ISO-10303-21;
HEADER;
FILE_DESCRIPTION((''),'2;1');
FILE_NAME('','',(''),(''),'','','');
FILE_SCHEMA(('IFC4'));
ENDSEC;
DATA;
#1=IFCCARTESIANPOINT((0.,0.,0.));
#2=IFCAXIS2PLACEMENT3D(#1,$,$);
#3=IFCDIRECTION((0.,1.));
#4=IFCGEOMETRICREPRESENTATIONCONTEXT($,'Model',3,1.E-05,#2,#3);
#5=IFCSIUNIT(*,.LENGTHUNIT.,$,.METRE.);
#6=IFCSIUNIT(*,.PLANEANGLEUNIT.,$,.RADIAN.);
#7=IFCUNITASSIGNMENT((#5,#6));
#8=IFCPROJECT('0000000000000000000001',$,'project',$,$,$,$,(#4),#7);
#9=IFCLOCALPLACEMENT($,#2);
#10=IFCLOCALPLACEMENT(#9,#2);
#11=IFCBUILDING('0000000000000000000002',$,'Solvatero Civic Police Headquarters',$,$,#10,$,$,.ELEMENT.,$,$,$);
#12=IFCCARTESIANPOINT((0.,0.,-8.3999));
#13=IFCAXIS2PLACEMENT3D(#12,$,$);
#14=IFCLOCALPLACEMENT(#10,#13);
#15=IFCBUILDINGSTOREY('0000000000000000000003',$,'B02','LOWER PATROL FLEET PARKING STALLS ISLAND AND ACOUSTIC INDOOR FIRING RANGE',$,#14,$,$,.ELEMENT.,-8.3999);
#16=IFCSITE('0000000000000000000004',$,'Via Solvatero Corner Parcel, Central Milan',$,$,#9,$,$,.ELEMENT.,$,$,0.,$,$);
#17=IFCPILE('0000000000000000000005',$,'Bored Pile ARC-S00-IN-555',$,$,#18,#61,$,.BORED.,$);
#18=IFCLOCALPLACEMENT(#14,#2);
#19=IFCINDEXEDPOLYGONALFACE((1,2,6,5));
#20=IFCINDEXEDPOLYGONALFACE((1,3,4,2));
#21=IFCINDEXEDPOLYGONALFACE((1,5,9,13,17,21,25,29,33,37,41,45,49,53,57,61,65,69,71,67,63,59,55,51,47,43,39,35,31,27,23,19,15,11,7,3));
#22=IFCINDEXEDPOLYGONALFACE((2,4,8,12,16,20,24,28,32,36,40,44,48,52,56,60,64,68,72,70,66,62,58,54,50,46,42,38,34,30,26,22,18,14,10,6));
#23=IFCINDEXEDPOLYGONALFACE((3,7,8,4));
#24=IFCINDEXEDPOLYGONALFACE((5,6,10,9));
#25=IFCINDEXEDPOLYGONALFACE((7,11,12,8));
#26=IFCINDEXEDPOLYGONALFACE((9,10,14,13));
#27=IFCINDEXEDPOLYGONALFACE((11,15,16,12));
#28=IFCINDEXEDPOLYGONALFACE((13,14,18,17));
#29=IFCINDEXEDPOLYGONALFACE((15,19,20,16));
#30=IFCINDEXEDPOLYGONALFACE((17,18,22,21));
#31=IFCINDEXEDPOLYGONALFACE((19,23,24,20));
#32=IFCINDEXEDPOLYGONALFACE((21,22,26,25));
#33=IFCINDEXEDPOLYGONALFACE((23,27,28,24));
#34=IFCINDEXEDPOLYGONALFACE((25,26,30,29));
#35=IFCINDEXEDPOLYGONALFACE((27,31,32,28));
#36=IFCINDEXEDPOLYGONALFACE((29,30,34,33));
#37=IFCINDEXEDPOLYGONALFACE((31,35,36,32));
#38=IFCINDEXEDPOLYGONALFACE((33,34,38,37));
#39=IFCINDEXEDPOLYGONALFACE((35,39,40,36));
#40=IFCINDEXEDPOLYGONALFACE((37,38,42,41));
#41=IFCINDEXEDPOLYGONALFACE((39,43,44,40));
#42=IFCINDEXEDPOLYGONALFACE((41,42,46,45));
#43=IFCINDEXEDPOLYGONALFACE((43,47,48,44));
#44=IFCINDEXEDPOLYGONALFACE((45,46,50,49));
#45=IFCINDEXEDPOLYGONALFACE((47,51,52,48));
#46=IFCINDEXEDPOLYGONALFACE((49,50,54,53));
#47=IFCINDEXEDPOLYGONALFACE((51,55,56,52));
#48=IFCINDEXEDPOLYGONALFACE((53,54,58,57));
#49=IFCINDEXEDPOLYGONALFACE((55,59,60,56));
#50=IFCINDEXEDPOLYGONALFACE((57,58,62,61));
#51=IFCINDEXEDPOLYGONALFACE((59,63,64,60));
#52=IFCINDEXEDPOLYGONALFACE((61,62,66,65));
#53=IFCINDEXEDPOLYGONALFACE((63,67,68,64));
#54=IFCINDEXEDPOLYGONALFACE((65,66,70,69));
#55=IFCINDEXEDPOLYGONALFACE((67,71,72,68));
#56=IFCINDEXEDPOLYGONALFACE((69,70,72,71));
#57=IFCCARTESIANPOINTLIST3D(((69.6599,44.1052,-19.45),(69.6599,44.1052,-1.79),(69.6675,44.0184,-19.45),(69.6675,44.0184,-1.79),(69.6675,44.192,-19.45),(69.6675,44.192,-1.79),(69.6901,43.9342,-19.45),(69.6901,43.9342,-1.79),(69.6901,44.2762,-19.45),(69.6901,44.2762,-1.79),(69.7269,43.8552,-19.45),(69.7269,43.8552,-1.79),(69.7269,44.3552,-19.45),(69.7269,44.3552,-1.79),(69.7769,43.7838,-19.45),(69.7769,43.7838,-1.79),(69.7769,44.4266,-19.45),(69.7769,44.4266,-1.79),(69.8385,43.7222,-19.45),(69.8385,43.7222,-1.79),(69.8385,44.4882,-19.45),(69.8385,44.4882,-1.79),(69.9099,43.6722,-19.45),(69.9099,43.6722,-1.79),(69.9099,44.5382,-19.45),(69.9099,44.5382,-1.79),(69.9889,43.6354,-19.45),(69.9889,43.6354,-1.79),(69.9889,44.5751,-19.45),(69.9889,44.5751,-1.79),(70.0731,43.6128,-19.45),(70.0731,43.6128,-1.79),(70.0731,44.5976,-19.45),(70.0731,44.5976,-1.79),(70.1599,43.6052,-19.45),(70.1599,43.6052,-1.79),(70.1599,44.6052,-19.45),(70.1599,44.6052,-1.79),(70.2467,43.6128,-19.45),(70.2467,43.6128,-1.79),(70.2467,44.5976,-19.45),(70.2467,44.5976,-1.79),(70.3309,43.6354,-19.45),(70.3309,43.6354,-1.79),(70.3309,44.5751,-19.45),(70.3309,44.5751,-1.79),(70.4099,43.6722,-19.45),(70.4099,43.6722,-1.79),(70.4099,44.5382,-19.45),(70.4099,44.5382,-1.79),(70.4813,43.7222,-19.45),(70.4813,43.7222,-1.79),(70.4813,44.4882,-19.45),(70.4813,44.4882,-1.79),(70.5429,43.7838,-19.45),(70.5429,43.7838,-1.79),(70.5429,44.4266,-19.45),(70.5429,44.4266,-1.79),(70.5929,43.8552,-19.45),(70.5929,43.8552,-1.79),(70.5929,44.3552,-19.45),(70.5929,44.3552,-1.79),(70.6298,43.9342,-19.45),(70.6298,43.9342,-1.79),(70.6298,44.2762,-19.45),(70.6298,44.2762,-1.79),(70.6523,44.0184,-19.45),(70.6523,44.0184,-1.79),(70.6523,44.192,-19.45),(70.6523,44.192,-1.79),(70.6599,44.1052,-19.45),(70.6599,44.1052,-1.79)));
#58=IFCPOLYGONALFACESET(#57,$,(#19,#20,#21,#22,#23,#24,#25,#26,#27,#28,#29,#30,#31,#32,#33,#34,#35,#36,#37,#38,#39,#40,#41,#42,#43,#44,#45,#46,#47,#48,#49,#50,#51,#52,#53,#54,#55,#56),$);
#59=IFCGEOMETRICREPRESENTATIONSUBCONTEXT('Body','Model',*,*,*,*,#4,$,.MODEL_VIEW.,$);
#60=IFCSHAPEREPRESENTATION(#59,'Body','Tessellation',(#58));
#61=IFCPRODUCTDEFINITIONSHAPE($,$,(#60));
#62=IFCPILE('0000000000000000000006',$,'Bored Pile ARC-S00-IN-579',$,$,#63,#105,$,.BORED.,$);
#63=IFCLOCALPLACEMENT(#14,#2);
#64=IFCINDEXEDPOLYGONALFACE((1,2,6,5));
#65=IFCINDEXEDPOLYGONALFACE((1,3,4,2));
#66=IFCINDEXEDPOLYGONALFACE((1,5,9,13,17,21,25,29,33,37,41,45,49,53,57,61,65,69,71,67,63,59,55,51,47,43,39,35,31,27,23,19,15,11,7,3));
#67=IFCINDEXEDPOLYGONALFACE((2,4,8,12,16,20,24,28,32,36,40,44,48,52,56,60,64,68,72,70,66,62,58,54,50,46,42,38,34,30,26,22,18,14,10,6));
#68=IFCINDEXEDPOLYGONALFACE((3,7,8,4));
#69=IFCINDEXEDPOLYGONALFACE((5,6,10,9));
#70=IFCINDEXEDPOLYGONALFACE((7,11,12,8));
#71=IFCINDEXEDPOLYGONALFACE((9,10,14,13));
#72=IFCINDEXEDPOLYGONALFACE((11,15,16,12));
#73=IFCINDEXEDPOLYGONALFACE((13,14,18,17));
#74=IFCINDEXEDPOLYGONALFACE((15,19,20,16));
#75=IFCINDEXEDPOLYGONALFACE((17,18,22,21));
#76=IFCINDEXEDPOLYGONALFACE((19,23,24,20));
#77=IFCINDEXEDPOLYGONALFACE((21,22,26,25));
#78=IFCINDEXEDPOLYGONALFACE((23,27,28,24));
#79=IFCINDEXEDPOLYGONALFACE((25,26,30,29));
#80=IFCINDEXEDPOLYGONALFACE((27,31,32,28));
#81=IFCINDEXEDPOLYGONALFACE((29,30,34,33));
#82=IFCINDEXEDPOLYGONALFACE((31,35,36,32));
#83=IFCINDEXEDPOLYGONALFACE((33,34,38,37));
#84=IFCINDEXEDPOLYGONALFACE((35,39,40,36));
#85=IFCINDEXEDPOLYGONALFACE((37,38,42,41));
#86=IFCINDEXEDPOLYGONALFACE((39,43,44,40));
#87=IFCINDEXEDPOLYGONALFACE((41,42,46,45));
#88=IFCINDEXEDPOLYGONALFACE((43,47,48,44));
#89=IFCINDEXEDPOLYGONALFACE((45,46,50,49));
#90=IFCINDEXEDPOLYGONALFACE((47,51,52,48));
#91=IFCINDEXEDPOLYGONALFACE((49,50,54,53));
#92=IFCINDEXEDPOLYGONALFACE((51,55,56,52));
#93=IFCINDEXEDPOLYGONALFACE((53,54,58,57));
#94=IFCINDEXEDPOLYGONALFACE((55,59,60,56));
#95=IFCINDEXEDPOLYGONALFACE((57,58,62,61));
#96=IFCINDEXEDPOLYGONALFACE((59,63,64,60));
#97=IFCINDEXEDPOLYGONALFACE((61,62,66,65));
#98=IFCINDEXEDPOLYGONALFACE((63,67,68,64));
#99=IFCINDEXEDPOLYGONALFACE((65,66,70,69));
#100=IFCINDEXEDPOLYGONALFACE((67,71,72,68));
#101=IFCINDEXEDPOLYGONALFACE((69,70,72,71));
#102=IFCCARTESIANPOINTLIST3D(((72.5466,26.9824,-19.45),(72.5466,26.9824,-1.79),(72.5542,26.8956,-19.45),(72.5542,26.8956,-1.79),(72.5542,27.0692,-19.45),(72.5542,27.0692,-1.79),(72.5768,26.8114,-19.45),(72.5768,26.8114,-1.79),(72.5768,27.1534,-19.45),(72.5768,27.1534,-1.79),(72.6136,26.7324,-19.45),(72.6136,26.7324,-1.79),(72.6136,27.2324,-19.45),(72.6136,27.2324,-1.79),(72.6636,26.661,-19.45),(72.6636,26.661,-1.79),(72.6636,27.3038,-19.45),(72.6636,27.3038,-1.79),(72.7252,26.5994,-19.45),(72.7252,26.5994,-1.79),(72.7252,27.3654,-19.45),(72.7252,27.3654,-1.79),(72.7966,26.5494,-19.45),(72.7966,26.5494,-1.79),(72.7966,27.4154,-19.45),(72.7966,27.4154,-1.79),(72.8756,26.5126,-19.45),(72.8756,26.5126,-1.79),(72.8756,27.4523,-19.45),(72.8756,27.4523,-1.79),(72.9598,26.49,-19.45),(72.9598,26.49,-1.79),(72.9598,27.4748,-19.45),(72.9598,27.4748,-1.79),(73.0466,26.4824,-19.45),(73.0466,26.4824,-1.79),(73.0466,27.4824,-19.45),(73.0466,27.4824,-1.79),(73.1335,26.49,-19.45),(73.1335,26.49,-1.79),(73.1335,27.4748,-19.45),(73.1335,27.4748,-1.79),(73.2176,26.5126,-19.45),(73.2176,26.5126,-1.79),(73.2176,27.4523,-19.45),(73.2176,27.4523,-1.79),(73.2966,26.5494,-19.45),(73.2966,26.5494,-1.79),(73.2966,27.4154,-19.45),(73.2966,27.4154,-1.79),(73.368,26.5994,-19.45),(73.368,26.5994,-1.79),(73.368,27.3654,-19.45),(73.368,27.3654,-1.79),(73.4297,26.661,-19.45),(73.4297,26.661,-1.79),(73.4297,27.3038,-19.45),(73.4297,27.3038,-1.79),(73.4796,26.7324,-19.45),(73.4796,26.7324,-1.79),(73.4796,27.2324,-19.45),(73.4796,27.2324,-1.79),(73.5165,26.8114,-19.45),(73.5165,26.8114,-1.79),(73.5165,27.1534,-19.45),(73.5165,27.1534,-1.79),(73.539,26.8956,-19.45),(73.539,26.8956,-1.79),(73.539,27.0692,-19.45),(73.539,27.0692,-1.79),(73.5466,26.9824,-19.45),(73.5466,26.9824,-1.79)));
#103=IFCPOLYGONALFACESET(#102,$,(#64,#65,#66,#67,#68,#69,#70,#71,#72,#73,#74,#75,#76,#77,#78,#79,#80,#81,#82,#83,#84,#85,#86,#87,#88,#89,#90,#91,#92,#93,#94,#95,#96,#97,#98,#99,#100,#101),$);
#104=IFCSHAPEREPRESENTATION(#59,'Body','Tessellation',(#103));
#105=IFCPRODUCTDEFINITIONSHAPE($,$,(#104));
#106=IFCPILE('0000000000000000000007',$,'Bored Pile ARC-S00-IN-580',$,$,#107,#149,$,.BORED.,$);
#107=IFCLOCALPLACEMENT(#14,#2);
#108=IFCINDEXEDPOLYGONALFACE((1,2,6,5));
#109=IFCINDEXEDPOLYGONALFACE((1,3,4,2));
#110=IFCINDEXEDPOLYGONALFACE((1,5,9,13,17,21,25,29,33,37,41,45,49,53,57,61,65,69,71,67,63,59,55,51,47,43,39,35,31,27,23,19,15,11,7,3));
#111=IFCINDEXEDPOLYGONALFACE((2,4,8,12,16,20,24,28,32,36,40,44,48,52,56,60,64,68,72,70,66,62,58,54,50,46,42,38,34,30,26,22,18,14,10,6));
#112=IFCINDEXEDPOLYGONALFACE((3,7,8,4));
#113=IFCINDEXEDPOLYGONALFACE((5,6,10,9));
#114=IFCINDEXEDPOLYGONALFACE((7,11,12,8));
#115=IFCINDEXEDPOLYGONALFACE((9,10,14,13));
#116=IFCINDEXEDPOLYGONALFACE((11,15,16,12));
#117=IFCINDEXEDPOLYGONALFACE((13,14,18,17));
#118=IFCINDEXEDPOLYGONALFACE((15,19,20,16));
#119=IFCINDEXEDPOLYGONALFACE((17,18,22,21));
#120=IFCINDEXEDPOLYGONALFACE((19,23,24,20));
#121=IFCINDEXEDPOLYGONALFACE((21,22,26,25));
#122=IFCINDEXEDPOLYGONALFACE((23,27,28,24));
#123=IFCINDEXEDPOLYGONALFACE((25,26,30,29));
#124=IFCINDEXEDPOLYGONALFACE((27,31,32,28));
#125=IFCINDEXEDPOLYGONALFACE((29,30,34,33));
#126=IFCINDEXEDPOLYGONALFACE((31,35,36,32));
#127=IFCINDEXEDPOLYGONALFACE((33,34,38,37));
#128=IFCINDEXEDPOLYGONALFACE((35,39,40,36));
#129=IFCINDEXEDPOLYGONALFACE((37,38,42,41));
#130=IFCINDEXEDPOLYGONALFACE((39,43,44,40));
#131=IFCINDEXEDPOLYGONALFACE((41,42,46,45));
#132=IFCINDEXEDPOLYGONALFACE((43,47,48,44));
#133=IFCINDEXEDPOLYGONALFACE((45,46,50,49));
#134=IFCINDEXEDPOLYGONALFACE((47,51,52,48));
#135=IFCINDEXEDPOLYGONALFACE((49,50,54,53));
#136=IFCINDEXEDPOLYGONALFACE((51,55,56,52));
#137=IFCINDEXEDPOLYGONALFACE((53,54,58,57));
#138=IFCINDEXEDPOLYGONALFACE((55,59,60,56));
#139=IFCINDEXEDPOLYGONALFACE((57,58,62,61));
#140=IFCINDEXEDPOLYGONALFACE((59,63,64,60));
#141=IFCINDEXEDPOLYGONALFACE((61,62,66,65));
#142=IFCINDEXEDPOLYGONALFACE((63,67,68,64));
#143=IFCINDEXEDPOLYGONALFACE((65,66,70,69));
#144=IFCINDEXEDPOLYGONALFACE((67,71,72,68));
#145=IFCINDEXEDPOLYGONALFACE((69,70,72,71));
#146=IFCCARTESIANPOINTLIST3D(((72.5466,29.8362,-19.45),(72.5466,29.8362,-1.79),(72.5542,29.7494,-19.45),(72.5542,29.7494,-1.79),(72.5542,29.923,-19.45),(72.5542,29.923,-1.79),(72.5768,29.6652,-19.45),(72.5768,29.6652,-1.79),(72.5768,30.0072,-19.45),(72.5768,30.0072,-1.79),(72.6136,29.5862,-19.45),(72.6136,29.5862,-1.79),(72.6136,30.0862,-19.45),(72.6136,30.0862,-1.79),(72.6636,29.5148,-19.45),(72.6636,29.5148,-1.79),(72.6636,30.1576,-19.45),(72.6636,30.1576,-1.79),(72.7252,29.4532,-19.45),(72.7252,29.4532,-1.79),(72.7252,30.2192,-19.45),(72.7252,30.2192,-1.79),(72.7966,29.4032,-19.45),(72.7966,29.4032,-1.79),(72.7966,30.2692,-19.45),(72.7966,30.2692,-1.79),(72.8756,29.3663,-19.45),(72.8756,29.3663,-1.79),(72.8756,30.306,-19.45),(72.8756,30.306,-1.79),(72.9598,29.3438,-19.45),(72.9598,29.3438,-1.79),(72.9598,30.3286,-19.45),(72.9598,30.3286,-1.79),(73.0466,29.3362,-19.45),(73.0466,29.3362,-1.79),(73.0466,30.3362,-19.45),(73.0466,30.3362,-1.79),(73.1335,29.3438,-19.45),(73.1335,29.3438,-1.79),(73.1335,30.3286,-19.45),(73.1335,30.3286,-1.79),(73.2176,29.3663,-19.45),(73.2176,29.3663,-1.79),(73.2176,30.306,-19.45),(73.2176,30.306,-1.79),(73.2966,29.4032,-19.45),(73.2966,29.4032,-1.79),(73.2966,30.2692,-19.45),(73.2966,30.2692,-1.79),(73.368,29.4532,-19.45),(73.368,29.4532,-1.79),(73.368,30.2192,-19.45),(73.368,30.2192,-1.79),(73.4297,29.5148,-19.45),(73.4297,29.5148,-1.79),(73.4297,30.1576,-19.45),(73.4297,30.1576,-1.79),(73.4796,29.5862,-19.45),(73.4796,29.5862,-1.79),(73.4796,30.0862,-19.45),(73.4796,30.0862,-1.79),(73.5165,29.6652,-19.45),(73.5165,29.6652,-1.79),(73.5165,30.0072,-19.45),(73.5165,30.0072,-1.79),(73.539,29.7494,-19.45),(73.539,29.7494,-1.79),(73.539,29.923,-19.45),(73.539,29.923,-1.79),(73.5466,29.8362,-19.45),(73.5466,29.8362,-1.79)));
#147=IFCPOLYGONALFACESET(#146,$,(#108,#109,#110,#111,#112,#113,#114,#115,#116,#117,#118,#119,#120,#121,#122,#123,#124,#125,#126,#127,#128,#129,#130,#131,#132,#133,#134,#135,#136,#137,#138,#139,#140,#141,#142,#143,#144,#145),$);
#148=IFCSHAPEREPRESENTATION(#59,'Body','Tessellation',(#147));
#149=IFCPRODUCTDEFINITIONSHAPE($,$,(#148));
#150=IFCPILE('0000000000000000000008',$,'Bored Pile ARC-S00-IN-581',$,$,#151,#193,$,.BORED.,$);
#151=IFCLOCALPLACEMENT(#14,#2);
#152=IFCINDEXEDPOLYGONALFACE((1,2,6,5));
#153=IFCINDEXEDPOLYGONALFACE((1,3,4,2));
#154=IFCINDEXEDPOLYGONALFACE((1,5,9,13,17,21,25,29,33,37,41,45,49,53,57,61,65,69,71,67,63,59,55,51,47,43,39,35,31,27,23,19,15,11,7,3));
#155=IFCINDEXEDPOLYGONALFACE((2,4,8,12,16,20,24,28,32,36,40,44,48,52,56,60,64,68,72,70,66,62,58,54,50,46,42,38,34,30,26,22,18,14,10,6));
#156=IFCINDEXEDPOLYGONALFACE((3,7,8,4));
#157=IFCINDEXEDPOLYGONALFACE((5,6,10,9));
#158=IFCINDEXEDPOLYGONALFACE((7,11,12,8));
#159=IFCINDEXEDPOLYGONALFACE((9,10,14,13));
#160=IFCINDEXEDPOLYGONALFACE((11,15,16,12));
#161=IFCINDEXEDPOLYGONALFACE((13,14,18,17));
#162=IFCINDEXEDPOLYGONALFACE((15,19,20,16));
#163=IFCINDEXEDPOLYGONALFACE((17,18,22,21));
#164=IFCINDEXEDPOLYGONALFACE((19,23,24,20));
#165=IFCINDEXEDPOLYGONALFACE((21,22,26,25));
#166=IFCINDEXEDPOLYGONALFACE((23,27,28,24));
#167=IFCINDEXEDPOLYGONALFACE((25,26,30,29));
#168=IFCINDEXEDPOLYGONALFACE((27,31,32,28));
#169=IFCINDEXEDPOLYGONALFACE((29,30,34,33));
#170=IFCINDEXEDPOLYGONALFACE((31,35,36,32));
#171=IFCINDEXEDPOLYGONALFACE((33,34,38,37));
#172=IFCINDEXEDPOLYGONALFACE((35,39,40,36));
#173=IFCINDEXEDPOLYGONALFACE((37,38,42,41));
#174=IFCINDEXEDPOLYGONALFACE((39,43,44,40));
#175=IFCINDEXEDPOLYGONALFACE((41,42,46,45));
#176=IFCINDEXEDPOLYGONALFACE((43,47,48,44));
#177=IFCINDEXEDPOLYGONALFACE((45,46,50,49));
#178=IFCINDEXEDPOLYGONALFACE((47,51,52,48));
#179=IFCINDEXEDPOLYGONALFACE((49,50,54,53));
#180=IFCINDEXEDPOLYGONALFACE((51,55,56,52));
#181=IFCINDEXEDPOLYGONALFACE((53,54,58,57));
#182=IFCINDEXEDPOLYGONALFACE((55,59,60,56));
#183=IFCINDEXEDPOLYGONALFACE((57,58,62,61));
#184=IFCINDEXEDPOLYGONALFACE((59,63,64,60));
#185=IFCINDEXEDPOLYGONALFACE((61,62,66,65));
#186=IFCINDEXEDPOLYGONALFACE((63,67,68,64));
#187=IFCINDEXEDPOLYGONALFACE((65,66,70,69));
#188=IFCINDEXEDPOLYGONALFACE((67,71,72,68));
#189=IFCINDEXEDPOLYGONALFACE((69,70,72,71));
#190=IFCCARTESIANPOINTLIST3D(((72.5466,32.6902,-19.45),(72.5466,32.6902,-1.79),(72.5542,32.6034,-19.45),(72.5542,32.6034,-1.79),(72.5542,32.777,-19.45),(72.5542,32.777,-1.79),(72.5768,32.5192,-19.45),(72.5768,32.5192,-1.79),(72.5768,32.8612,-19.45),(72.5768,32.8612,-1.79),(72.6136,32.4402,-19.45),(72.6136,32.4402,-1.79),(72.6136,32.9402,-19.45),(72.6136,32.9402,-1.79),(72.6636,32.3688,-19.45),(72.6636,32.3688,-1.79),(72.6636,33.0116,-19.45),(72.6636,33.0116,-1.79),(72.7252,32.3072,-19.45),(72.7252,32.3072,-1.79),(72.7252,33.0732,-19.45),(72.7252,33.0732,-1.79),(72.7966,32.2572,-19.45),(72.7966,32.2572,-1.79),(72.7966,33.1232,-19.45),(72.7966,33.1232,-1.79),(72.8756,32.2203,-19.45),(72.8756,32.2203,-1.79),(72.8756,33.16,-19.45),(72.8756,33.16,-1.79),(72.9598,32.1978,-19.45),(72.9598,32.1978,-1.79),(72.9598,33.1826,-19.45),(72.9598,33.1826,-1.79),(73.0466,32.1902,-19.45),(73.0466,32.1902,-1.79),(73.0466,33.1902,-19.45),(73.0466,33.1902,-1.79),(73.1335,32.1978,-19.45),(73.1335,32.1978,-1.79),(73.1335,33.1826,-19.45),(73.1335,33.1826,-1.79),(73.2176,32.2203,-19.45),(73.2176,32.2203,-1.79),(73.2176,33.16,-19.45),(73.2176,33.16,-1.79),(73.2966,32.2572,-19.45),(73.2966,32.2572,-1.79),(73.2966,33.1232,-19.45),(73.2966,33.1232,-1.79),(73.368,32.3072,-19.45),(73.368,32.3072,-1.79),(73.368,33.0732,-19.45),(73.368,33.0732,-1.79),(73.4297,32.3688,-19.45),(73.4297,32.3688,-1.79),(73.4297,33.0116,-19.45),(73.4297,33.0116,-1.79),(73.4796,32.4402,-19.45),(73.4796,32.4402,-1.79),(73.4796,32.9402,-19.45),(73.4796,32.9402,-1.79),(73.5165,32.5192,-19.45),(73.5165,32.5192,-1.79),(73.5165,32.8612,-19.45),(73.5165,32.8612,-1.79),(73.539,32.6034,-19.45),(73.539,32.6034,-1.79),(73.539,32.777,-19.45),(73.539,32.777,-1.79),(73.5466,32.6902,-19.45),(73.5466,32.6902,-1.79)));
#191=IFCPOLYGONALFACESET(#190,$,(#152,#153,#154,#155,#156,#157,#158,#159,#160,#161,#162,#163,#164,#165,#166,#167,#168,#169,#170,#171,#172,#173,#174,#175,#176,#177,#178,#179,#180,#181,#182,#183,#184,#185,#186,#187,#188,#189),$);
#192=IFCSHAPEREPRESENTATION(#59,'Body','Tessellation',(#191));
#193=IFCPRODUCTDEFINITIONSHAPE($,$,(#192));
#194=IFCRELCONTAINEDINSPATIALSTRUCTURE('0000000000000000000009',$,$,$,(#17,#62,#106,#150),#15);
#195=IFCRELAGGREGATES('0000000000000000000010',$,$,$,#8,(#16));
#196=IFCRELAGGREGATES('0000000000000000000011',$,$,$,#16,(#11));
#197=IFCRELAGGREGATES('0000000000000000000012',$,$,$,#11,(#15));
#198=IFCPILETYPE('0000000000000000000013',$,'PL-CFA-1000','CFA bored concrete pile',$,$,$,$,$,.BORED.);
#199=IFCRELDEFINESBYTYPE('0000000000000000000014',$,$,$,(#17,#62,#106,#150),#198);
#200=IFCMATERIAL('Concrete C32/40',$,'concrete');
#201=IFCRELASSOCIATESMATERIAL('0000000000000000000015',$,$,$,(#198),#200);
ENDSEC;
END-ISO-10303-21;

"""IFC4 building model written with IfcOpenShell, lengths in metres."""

from ifc_helpers import new_model, si_unit, direction, frame, origin, origin_2d, place, context, subcontext, project, spatial, circle, extrude, material, material_profile, profile_set, type_object, element, save


model = new_model("IFC4")

# Units and contexts
model_context = context("Model", 3, precision=1e-05, world=origin(), true_north=direction((0.0, 1.0)))
body_context = subcontext(model_context, "Body", "Model", "MODEL_VIEW")
ifc_project = project(units=[si_unit("LENGTHUNIT", "METRE"), si_unit("PLANEANGLEUNIT", "RADIAN")], contexts=[model_context])

# Site, building, storey
site_placement = place(None, origin())
site = spatial("IfcSite", under=ifc_project, at=site_placement, Name="Via Solvatero Corner Parcel, Central Milan", CompositionType="ELEMENT", RefElevation=0.0)
building_placement = place(site_placement, origin())
building = spatial("IfcBuilding", under=site, at=building_placement, Name="Solvatero Civic Police Headquarters", CompositionType="ELEMENT")
storey_placement = place(building_placement, frame((0.0, 0.0, -8.3999)))
storey = spatial("IfcBuildingStorey", under=building, at=storey_placement, Name="B02", Description="LOWER PATROL FLEET PARKING STALLS ISLAND AND ACOUSTIC INDOOR FIRING RANGE", CompositionType="ELEMENT", Elevation=-8.3999)

# Piles
ifc_material_1 = material(Name="Concrete C32/40", Category="concrete")
ifc_material_profile_1 = material_profile(ifc_material_1, circle(Radius=0.5, at=origin_2d()), Name="CFA PILE D1000")
ifc_profile_set_1 = profile_set([ifc_material_profile_1], Name="Concrete C32/40")
pile_type = type_object("IfcPileType", Name="PL-CFA-1000", Description="CFA bored concrete pile", PredefinedType="BORED", material=ifc_profile_set_1)
for number, where, z_axis, x_axis, name in (
    (1, (70.1599, 44.1052, -1.79), (0.0, 0.0, -1.0), (1.0, 0.0, 0.0), "Bored Pile ARC-S00-IN-555"),
    (2, (73.0466, 26.9824, -1.79), (0.0, 0.0, -1.0), (1.0, 0.0, 0.0), "Bored Pile ARC-S00-IN-579"),
    (3, (73.0466, 29.8362, -1.79), (0.0, 0.0, -1.0), (1.0, 0.0, 0.0), "Bored Pile ARC-S00-IN-580"),
    (4, (73.0466, 32.6902, -1.79), (0.0, 0.0, -1.0), (1.0, 0.0, 0.0), "Bored Pile ARC-S00-IN-581"),
):
    element("IfcPile", number, at=place(storey_placement, frame(where, z_axis=z_axis, x_axis=x_axis)), inside=storey, type_object=pile_type, Name=name, PredefinedType="BORED", context=body_context, shape_type="SweptSolid", body=[
        extrude(circle(Radius=0.5, at=origin_2d()), origin(), (0.0, 0.0, 1.0), 17.6599),
    ])

save(model, "model.ifc")
